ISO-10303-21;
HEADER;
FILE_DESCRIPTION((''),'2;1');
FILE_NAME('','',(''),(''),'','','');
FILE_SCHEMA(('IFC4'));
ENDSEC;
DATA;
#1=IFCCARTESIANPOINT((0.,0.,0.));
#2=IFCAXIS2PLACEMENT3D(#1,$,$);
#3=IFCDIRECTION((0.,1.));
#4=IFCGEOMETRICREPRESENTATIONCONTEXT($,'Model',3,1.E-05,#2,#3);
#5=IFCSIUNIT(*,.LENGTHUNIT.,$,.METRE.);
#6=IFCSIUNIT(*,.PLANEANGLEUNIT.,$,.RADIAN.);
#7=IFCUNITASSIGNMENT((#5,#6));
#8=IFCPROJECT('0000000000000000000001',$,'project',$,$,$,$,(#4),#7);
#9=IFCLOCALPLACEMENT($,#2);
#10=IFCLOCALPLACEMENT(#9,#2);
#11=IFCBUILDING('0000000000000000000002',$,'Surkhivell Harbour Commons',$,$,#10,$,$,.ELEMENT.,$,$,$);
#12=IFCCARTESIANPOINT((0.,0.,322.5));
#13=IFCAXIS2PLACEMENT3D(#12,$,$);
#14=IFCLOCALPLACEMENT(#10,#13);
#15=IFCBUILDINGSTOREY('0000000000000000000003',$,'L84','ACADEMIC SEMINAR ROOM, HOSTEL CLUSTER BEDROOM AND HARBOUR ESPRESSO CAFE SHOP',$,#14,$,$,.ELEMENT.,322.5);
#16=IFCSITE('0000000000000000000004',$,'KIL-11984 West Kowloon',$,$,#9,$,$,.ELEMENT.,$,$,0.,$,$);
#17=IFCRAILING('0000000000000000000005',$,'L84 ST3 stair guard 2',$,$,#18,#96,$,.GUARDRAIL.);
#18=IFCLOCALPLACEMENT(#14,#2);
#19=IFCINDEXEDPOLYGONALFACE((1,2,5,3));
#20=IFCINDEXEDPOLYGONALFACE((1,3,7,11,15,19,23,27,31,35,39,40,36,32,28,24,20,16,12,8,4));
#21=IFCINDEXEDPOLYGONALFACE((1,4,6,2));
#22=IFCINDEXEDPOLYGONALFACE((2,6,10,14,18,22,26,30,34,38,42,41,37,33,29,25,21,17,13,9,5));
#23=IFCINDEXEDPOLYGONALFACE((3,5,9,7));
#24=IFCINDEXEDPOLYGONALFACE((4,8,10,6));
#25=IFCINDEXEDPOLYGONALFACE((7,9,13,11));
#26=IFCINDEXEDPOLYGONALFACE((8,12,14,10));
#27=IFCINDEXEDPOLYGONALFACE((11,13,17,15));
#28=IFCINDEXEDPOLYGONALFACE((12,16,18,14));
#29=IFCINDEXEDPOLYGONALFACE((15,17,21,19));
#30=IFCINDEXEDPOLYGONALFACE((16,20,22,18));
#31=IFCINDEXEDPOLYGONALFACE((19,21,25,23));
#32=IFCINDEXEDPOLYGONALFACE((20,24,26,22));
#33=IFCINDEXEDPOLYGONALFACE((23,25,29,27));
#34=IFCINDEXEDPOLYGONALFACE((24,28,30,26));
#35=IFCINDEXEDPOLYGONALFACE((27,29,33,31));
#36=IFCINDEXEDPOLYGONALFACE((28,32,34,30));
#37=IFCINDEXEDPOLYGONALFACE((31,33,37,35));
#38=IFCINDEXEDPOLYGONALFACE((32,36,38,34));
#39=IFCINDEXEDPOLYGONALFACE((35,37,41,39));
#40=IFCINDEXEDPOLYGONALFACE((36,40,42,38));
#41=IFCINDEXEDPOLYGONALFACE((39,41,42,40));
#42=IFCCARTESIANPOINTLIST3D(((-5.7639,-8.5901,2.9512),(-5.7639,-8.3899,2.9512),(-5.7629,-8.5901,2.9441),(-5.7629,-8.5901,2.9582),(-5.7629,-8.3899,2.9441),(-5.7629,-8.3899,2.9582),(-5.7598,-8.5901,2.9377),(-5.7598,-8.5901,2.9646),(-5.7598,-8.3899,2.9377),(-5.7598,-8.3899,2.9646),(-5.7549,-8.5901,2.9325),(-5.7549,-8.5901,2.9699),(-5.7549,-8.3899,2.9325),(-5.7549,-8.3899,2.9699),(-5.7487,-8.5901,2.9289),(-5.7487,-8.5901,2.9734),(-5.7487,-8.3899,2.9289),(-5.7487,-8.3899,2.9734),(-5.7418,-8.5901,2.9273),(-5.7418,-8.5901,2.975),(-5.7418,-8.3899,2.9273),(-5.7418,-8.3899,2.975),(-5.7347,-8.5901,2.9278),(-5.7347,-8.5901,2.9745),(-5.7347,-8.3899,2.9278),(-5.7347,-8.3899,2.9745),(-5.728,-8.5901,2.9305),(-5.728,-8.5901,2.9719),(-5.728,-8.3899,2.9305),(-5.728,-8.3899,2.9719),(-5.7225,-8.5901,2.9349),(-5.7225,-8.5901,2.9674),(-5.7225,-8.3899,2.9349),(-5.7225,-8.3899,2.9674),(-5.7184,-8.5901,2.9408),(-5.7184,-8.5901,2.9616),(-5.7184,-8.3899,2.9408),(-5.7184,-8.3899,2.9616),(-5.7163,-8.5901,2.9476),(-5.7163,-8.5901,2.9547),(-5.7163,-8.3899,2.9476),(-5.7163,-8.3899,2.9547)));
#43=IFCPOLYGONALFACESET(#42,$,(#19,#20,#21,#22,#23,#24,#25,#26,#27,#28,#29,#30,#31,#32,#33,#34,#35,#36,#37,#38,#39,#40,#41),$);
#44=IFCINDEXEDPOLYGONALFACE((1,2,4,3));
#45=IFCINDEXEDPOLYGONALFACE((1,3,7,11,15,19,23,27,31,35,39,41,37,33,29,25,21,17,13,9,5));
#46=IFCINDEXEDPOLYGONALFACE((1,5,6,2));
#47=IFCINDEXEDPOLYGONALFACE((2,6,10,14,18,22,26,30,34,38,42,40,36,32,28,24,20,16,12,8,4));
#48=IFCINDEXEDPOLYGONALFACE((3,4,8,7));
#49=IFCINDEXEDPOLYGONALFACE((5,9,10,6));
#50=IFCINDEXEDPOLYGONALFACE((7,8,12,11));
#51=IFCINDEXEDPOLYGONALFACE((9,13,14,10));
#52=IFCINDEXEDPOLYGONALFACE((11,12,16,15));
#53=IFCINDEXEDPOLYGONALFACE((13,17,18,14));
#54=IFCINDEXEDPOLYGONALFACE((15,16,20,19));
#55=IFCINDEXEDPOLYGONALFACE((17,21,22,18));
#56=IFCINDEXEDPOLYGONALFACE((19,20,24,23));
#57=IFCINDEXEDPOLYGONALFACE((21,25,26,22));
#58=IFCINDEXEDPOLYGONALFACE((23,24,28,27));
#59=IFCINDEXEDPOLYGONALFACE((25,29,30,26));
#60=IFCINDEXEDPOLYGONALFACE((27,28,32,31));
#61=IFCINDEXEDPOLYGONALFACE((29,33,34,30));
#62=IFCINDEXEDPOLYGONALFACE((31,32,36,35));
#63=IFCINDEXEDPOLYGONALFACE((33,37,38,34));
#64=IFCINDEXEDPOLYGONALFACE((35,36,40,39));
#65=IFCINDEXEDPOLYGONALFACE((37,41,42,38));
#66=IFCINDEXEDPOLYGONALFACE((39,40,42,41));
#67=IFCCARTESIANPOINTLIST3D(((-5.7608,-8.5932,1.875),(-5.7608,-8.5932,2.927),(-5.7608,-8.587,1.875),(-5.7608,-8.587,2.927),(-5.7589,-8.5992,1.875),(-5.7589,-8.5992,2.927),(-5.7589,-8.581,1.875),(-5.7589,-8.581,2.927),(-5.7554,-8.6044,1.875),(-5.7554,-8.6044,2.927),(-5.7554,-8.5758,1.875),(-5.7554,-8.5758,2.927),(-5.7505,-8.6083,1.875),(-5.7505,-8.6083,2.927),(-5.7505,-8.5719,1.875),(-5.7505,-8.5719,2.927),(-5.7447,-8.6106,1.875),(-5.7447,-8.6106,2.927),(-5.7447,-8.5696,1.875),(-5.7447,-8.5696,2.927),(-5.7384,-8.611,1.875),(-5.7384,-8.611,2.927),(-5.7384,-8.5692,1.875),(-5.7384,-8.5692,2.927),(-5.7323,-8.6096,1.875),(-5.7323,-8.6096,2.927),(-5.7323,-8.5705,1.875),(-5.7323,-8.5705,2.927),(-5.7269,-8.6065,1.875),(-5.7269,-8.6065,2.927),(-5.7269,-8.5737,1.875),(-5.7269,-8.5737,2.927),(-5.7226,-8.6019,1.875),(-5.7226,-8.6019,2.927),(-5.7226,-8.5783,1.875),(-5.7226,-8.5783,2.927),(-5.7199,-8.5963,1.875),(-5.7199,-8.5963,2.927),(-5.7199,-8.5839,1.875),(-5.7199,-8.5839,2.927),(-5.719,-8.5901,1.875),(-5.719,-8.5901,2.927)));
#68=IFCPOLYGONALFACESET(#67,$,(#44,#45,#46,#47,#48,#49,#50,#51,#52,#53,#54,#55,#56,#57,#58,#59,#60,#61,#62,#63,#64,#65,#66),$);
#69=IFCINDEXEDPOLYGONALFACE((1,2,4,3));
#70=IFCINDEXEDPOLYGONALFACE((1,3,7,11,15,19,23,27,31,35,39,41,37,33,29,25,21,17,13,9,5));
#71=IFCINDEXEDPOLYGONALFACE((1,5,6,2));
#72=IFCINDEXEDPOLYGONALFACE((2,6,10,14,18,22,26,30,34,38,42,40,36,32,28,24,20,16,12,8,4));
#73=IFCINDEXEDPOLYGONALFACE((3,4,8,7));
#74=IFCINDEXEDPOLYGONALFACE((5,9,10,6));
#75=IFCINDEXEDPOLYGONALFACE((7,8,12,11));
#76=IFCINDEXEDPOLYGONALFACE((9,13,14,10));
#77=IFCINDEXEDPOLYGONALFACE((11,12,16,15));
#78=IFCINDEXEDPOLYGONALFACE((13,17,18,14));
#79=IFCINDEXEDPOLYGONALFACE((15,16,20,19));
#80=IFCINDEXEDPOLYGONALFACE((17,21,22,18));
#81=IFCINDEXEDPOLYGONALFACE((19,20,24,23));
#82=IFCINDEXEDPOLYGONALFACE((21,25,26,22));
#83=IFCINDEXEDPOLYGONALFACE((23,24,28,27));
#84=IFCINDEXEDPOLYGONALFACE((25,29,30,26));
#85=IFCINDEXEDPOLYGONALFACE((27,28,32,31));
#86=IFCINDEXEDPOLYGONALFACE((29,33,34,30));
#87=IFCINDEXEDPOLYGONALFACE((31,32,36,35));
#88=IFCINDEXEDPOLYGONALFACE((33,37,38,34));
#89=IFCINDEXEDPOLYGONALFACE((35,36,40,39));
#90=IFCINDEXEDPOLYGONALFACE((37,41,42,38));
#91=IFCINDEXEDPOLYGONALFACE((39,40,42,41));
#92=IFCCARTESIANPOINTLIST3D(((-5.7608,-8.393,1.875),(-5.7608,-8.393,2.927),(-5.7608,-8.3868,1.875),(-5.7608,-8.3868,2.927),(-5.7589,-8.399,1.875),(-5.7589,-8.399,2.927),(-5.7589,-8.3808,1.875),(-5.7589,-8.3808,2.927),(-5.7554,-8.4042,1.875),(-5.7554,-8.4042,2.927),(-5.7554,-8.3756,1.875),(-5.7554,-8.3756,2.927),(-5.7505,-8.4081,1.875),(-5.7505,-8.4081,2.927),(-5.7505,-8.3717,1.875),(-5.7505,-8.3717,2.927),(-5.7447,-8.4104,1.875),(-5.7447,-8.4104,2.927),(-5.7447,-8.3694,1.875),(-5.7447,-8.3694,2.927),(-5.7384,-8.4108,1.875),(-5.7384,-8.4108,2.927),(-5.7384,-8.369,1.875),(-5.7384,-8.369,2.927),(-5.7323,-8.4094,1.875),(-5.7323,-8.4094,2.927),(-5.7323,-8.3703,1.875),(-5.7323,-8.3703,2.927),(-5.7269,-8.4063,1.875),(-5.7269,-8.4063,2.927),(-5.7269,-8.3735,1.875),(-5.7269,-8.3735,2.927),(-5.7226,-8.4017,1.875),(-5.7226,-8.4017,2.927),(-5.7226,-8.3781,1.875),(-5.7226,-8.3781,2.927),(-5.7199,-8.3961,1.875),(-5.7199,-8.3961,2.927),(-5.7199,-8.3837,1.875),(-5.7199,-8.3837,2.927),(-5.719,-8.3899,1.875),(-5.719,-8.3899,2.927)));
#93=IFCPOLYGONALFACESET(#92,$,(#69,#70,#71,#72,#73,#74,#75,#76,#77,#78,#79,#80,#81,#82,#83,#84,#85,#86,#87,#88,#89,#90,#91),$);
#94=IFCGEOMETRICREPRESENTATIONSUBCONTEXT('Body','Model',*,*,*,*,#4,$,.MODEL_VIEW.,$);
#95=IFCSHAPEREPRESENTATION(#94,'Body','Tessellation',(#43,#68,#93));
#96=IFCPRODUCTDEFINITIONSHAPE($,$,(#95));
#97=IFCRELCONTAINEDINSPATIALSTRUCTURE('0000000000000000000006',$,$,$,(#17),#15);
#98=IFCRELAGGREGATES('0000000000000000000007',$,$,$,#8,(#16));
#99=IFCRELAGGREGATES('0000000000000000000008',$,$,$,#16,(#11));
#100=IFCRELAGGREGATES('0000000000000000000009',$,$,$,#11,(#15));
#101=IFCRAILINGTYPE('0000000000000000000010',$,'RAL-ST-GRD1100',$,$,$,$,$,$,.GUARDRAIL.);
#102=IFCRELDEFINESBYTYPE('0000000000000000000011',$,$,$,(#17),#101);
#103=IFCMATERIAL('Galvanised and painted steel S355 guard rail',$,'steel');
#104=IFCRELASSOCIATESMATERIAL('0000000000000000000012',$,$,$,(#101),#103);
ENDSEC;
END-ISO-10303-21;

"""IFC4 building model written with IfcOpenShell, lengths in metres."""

from ifc_helpers import new_model, si_unit, direction, frame, origin, origin_2d, place, context, subcontext, project, spatial, circle, extrude, material, type_object, element, save


model = new_model("IFC4")

# Units and contexts
model_context = context("Model", 3, precision=1e-05, world=origin(), true_north=direction((0.0, 1.0)))
body_context = subcontext(model_context, "Body", "Model", "MODEL_VIEW")
ifc_project = project(units=[si_unit("LENGTHUNIT", "METRE"), si_unit("PLANEANGLEUNIT", "RADIAN")], contexts=[model_context])

# Site, building, storey
site_placement = place(None, origin())
site = spatial("IfcSite", under=ifc_project, at=site_placement, Name="KIL-11984 West Kowloon", CompositionType="ELEMENT", RefElevation=0.0)
building_placement = place(site_placement, origin())
building = spatial("IfcBuilding", under=site, at=building_placement, Name="Surkhivell Harbour Commons", CompositionType="ELEMENT")
storey_placement = place(building_placement, frame((0.0, 0.0, 322.5)))
storey = spatial("IfcBuildingStorey", under=building, at=storey_placement, Name="L84", Description="ACADEMIC SEMINAR ROOM, HOSTEL CLUSTER BEDROOM AND HARBOUR ESPRESSO CAFE SHOP", CompositionType="ELEMENT", Elevation=322.5)

# Railing
ifc_material_1 = material(Name="Galvanised and painted steel S355 guard rail", Category="steel")
railing_type_1 = type_object("IfcRailingType", Name="RAL-ST-GRD1100", PredefinedType="GUARDRAIL", material=ifc_material_1)
railing_1_placement = place(storey_placement, frame((-5.74, -8.5901, 1.875)))
element("IfcRailing", 1, at=railing_1_placement, inside=storey, type_object=railing_type_1, Name="L84 ST3 stair guard 2", PredefinedType="GUARDRAIL", context=body_context, shape_type="SweptSolid", body=[
    extrude(circle(Radius=0.0239, at=origin_2d()), frame((0.0, 0.0, 1.0762), z_axis=(0.0, 1.0, 0.0), x_axis=(-1.0, 0.0, 0.0)), (0.0, 0.0, 1.0), 0.2002),
    extrude(circle(Radius=0.021, at=origin_2d()), origin(), (0.0, 0.0, 1.0), 1.052),
    extrude(circle(Radius=0.021, at=origin_2d()), frame((0.0, 0.2002, 0.0)), (0.0, 0.0, 1.0), 1.052),
])

save(model, "model.ifc")
